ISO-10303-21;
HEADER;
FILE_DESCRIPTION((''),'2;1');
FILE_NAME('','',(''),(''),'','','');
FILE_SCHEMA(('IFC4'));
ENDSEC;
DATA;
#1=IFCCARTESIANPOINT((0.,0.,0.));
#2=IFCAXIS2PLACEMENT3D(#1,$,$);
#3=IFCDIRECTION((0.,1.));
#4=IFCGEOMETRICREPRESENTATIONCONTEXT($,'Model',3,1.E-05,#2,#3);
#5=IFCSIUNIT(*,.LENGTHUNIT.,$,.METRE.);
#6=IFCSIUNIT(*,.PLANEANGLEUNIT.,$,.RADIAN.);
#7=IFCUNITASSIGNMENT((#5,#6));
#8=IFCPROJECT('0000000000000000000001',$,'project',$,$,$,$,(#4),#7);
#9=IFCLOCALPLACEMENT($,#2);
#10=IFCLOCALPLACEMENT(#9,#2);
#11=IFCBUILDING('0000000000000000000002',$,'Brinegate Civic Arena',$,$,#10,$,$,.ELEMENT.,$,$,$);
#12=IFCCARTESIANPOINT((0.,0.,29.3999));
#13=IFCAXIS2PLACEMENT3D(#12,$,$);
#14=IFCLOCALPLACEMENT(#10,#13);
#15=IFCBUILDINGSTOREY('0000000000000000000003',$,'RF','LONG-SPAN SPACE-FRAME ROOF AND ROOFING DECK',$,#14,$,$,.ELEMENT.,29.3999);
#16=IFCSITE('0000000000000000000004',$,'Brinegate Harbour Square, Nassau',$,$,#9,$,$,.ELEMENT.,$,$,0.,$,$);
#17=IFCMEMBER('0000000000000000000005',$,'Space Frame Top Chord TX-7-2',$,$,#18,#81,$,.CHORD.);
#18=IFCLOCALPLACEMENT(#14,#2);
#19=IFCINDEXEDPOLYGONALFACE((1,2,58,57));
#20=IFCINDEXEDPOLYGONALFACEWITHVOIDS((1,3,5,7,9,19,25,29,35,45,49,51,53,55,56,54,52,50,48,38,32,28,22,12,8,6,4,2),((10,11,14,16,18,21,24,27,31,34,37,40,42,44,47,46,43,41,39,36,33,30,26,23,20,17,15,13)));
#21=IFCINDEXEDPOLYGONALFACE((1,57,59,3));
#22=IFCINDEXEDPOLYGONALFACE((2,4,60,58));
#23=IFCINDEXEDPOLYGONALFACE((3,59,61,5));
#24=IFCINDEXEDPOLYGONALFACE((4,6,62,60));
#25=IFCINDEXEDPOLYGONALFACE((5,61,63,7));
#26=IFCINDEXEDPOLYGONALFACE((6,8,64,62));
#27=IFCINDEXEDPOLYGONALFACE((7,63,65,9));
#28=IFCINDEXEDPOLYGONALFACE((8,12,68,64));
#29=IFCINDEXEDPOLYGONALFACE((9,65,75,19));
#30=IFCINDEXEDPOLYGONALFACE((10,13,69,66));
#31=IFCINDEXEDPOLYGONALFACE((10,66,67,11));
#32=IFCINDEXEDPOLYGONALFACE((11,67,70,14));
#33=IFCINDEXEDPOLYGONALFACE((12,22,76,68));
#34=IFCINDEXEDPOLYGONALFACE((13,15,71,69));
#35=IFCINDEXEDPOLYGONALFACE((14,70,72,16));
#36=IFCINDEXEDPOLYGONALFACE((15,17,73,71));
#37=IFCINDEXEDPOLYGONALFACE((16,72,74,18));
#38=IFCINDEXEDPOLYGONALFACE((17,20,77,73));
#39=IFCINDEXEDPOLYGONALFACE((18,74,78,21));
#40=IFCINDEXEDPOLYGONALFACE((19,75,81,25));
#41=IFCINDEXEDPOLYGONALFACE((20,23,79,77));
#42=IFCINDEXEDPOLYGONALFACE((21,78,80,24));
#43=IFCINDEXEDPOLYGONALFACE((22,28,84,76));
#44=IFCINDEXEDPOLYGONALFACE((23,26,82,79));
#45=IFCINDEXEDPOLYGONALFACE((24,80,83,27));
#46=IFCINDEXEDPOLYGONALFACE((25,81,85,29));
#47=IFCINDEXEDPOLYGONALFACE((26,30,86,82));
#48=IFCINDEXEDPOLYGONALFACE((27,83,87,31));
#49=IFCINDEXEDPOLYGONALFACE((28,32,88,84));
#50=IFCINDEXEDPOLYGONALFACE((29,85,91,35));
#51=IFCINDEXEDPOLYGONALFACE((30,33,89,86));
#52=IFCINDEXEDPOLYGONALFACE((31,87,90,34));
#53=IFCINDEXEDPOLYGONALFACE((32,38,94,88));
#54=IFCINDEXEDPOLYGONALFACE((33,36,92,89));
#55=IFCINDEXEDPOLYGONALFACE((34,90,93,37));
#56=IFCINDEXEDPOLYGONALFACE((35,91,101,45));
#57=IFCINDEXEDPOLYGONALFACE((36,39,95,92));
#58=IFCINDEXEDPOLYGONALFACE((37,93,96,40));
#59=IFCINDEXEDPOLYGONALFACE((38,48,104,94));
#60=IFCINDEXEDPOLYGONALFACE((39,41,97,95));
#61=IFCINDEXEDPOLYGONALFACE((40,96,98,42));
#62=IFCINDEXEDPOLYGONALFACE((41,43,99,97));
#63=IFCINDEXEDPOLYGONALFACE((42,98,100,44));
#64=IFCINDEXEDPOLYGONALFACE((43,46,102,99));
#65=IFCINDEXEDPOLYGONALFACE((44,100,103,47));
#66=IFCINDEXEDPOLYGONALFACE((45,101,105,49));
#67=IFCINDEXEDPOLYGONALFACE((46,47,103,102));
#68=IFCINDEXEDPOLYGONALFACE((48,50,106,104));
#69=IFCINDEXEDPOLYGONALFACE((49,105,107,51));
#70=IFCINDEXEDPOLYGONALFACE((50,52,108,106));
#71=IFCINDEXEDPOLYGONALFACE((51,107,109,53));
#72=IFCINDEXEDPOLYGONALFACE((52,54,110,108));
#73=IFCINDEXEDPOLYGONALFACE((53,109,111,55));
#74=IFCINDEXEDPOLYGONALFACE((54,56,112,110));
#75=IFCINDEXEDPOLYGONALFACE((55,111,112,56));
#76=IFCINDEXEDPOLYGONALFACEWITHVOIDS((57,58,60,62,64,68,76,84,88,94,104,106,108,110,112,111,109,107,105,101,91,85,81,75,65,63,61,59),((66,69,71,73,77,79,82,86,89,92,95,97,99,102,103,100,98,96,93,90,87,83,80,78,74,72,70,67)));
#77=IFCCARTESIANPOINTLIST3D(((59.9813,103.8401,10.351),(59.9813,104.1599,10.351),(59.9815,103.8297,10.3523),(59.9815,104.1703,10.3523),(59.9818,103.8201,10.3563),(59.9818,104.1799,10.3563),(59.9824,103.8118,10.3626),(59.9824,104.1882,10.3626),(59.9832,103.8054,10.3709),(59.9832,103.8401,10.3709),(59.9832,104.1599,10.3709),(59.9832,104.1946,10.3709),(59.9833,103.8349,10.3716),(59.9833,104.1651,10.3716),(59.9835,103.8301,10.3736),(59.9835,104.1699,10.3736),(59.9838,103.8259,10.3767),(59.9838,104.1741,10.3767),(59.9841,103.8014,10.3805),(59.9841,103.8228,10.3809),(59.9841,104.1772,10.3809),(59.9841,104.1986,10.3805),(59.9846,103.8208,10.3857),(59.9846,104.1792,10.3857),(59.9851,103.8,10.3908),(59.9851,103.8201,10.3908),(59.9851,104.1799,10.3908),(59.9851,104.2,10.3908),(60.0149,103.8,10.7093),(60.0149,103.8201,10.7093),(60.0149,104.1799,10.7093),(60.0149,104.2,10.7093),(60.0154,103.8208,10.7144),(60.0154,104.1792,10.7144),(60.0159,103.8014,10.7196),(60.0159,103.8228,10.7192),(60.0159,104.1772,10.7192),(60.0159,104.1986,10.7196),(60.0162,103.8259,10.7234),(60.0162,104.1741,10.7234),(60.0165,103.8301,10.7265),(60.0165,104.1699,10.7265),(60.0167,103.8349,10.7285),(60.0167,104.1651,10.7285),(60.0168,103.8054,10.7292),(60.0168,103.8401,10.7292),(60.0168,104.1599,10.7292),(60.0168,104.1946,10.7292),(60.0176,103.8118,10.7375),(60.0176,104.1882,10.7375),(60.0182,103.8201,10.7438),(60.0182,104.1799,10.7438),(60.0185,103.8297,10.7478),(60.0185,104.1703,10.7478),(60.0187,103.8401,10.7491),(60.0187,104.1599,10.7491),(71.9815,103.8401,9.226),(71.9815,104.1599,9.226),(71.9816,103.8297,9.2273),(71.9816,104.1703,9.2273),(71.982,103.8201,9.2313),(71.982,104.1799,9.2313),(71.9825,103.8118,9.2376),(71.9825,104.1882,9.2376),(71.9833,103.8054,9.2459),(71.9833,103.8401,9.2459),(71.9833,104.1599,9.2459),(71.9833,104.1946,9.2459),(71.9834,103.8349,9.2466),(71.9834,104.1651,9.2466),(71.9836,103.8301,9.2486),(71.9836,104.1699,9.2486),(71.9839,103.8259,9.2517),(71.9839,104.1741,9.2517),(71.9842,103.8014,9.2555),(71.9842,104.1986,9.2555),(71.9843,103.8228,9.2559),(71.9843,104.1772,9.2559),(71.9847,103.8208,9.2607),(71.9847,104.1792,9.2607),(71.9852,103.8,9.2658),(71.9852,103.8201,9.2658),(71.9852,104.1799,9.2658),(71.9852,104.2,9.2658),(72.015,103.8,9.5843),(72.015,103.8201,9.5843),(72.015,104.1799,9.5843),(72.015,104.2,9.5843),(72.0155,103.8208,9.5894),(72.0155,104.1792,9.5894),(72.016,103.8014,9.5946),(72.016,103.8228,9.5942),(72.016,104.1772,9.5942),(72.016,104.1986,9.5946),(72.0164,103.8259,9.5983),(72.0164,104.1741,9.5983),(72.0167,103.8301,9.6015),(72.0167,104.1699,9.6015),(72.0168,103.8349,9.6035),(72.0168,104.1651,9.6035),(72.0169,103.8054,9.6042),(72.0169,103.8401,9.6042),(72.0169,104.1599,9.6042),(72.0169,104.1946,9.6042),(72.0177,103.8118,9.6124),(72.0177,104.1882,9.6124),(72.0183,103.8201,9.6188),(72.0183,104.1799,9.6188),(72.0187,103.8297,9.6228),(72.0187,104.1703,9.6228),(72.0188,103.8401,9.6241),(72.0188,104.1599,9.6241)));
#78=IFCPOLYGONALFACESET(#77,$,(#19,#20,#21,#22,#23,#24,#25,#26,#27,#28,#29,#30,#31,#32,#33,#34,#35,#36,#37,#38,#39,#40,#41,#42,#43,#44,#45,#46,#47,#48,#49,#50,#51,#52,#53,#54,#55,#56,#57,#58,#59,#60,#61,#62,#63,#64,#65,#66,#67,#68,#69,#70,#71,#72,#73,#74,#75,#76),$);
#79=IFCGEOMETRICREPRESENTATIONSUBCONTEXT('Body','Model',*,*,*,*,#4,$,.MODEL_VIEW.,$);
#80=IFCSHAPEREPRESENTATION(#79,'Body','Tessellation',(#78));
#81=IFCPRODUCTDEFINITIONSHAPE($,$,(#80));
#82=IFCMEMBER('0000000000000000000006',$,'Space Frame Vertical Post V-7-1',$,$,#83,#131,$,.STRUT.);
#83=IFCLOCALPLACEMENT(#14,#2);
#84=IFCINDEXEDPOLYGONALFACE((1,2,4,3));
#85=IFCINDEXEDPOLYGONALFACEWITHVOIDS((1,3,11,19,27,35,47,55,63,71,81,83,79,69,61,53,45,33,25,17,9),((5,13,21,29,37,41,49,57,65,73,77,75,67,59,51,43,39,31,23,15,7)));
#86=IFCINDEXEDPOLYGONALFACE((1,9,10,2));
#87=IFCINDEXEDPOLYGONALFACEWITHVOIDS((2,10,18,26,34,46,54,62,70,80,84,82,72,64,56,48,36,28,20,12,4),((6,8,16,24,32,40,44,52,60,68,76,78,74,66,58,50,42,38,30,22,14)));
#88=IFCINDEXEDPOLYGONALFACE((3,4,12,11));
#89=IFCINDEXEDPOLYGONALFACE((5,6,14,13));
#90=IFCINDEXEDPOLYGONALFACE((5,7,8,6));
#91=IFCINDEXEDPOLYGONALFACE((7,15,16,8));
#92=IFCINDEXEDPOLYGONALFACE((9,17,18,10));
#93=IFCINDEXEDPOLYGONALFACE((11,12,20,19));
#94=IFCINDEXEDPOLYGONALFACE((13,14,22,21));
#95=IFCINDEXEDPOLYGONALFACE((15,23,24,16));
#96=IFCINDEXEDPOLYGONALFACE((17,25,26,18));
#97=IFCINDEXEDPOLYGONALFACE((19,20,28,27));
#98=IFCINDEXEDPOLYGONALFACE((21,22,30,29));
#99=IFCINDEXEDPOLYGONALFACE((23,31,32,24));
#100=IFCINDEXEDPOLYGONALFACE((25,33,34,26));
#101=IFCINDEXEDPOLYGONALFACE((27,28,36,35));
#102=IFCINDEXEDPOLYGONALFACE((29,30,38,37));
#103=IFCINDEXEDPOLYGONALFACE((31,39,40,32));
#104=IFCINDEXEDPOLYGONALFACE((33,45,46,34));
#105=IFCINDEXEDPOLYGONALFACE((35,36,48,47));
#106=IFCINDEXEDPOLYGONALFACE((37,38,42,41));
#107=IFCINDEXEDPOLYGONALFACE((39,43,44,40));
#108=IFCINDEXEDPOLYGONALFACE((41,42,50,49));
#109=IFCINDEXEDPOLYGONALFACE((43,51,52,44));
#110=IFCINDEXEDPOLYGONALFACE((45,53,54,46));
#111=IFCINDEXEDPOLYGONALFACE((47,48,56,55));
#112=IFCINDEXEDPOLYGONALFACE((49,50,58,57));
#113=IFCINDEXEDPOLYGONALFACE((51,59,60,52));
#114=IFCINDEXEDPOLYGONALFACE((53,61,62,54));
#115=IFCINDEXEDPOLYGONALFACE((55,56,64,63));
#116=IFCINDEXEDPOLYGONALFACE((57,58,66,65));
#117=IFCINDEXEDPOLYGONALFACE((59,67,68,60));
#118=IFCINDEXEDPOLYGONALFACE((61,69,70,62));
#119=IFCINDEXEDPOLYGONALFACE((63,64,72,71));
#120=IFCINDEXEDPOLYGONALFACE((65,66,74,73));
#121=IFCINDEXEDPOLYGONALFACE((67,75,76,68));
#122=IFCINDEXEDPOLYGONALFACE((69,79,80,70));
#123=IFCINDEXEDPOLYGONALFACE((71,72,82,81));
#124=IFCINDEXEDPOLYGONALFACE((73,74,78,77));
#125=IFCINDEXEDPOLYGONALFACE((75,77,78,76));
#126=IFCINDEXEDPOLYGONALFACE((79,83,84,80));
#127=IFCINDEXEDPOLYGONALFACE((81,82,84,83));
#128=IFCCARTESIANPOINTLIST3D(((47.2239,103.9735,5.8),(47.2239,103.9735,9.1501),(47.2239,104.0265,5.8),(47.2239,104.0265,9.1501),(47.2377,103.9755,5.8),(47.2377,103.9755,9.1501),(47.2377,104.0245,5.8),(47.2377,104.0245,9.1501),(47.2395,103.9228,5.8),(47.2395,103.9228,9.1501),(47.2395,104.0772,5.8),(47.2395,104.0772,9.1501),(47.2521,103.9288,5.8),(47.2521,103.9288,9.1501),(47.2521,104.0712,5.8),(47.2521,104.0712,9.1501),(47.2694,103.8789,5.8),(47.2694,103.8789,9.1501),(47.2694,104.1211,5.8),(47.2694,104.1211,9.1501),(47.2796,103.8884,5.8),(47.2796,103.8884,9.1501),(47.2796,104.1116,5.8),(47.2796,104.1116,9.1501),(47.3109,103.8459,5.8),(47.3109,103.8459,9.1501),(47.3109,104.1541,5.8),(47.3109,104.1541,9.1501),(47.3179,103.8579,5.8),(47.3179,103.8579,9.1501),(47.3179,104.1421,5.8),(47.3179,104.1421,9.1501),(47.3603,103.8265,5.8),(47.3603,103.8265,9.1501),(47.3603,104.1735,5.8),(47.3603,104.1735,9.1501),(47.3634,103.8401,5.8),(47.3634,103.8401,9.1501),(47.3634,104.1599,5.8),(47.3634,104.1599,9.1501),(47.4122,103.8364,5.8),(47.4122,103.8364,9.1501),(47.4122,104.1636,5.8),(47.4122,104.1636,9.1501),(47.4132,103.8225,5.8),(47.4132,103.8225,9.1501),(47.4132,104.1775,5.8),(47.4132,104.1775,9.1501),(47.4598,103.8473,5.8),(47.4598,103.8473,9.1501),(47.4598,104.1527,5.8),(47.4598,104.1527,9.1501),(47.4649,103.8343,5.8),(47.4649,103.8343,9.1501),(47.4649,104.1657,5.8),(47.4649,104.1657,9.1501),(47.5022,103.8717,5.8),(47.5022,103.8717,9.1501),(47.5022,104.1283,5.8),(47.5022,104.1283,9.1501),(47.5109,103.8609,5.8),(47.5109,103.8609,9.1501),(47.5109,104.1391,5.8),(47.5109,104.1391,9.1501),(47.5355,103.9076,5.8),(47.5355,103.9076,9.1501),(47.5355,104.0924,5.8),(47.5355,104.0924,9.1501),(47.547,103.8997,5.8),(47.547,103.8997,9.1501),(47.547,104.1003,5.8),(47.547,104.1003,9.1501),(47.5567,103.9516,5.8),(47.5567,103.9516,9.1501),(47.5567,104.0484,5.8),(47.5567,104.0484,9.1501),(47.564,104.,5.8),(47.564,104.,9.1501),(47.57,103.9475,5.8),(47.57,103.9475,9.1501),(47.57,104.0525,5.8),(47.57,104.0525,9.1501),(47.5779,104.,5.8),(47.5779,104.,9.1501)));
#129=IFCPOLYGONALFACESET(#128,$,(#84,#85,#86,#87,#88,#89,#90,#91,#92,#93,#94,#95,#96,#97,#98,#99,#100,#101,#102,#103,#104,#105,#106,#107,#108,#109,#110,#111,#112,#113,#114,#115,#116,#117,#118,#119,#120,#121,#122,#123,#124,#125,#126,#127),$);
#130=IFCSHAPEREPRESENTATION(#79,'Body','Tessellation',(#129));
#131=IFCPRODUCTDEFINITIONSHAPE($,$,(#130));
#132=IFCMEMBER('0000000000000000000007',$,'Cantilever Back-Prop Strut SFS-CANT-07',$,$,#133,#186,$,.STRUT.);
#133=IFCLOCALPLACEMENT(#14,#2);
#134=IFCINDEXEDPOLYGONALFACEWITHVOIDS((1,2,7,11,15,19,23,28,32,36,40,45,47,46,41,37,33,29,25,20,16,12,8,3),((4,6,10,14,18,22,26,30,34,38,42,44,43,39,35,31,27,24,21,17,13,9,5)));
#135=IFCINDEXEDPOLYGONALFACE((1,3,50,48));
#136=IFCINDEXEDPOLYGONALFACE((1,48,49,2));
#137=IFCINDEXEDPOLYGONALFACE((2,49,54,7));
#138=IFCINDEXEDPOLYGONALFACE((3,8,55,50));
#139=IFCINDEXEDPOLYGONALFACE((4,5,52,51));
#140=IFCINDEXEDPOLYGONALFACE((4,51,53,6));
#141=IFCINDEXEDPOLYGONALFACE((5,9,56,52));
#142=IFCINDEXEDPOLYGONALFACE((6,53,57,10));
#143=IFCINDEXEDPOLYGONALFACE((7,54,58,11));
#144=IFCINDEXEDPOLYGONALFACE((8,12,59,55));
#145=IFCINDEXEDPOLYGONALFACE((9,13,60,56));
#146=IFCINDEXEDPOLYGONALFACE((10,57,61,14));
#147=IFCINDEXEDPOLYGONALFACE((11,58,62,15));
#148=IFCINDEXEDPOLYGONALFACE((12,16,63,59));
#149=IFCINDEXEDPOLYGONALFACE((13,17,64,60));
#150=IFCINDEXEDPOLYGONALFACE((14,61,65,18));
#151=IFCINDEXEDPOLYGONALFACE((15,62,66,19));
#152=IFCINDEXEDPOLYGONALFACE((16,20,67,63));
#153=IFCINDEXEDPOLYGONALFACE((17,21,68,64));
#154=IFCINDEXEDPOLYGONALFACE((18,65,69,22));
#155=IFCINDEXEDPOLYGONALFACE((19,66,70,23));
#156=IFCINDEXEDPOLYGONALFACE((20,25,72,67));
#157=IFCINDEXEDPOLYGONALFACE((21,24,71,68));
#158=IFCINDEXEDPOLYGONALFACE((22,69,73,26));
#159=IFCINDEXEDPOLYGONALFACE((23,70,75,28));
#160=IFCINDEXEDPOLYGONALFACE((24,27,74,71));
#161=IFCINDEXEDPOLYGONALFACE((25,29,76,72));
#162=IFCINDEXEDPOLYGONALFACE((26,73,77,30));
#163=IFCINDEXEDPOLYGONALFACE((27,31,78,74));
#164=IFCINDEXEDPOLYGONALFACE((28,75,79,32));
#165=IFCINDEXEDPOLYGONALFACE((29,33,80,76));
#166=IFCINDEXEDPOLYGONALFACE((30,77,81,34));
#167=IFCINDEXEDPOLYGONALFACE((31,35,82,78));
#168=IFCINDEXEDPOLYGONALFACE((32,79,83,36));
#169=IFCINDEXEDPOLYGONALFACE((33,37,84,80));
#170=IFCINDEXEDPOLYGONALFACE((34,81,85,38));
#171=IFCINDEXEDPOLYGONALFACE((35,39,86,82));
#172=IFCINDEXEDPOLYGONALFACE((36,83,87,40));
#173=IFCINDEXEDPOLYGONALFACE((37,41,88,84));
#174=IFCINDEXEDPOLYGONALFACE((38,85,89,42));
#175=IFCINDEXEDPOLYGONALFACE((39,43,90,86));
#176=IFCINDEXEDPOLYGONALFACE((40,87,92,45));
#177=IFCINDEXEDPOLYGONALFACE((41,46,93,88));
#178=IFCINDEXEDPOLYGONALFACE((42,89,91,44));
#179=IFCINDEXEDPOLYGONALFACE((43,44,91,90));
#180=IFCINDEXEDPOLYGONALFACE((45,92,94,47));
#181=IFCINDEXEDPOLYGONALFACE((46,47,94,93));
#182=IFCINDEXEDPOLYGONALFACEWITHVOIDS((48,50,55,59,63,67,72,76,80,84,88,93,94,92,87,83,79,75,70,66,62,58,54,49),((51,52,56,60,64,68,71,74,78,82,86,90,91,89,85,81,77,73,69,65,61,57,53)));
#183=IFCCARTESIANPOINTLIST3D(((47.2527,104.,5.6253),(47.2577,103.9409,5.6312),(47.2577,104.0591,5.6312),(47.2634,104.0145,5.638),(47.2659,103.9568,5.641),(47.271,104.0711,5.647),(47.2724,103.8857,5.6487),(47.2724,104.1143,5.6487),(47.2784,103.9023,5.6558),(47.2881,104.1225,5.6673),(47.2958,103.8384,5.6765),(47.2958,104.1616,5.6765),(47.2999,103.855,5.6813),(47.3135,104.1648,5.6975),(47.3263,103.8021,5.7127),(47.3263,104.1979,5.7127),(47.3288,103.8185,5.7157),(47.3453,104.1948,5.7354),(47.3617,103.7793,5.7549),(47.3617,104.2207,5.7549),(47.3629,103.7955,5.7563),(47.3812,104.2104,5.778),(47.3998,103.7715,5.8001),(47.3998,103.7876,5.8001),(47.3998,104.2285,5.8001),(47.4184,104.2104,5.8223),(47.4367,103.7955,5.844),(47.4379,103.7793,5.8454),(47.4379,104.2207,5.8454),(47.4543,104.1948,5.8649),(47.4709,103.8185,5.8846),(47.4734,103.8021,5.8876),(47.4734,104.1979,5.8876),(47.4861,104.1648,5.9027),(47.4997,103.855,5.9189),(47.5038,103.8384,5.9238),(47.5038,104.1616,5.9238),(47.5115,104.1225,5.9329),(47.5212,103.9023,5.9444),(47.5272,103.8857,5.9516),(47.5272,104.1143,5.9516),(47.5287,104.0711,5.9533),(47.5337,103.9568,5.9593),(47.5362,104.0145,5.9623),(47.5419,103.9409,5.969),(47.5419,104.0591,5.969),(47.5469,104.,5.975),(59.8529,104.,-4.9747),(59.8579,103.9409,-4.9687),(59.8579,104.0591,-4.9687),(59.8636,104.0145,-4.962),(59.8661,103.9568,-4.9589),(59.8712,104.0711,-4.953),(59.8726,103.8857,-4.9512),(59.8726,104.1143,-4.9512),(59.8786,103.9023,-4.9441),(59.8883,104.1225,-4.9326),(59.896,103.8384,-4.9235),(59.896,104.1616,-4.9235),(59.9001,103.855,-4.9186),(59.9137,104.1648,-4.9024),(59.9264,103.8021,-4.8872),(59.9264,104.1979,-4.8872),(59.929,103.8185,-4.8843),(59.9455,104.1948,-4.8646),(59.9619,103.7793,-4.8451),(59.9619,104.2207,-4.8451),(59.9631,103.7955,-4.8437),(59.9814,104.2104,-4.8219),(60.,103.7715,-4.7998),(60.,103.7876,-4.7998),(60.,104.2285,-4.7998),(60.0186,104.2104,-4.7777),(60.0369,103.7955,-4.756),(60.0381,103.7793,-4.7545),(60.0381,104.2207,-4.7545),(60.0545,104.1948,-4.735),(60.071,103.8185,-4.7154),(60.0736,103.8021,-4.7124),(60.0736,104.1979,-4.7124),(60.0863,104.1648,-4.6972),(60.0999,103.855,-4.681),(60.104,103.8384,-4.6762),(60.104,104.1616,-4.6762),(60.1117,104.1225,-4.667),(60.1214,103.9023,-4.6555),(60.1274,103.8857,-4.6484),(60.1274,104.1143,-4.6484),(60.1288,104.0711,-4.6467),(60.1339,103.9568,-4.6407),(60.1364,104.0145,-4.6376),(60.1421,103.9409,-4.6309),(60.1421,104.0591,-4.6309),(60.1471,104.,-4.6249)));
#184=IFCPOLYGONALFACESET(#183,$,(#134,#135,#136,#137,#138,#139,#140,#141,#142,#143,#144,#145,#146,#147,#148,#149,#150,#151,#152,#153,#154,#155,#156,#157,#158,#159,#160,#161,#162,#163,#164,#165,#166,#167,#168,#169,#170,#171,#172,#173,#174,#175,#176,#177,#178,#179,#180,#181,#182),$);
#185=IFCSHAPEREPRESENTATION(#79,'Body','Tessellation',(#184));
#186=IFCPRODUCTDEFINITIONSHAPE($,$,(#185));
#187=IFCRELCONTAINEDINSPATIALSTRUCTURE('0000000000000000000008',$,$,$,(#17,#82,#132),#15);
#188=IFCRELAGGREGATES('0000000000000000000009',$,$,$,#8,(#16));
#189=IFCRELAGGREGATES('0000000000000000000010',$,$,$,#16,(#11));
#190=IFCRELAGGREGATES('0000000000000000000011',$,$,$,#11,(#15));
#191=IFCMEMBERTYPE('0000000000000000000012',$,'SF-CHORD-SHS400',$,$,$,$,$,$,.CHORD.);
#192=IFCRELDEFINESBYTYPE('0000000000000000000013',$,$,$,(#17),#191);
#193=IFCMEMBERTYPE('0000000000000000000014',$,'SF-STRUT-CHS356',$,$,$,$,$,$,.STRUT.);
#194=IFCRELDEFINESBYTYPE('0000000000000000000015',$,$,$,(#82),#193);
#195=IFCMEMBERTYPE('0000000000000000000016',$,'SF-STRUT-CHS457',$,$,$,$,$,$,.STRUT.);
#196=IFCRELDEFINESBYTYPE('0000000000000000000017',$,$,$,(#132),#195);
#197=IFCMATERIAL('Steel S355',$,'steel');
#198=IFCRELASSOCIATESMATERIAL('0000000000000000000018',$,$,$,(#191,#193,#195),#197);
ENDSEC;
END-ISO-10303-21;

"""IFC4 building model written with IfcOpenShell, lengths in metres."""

from ifc_helpers import new_model, si_unit, direction, frame, origin, origin_2d, place, context, subcontext, project, spatial, hollow_rectangle, hollow_circle, extrude, material, material_profile, profile_set, type_object, element, save


model = new_model("IFC4")

# Units and contexts
model_context = context("Model", 3, precision=1e-05, world=origin(), true_north=direction((0.0, 1.0)))
body_context = subcontext(model_context, "Body", "Model", "MODEL_VIEW")
ifc_project = project(units=[si_unit("LENGTHUNIT", "METRE"), si_unit("PLANEANGLEUNIT", "RADIAN")], contexts=[model_context])

# Site, building, storey
site_placement = place(None, origin())
site = spatial("IfcSite", under=ifc_project, at=site_placement, Name="Brinegate Harbour Square, Nassau", CompositionType="ELEMENT", RefElevation=0.0)
building_placement = place(site_placement, origin())
building = spatial("IfcBuilding", under=site, at=building_placement, Name="Brinegate Civic Arena", CompositionType="ELEMENT")
storey_placement = place(building_placement, frame((0.0, 0.0, 29.3999)))
storey = spatial("IfcBuildingStorey", under=building, at=storey_placement, Name="RF", Description="LONG-SPAN SPACE-FRAME ROOF AND ROOFING DECK", CompositionType="ELEMENT", Elevation=29.3999)

# Shared definitions
ifc_material_1 = material(Name="Steel S355", Category="steel")

# Members
ifc_material_profile_1 = material_profile(ifc_material_1, hollow_rectangle(XDim=0.3999, YDim=0.3999, WallThickness=0.02, InnerFilletRadius=0.02, OuterFilletRadius=0.04, at=origin_2d()), Name="SHS400X20")
ifc_profile_set_1 = profile_set([ifc_material_profile_1], Name="Steel S355")
member_type_1 = type_object("IfcMemberType", Name="SF-CHORD-SHS400", PredefinedType="CHORD", material=ifc_profile_set_1)
member_1_placement = place(storey_placement, frame((60.0, 104.0, 10.55), z_axis=(0.995634, 0.0, -0.093341), x_axis=(0.0, 1.0, 0.0)))
element("IfcMember", 1, at=member_1_placement, inside=storey, type_object=member_type_1, Name="Space Frame Top Chord TX-7-2", PredefinedType="CHORD", context=body_context, shape_type="SweptSolid", body=[
    extrude(hollow_rectangle(XDim=0.3999, YDim=0.3999, WallThickness=0.02, InnerFilletRadius=0.02, OuterFilletRadius=0.04, at=origin_2d()), origin(), (0.0, 0.0, 1.0), 12.0527),
])
ifc_material_profile_2 = material_profile(ifc_material_1, hollow_circle(Radius=0.178, WallThickness=0.0139, at=origin_2d()), Name="CHS356X14")
ifc_profile_set_2 = profile_set([ifc_material_profile_2], Name="Steel S355")
member_type_2 = type_object("IfcMemberType", Name="SF-STRUT-CHS356", PredefinedType="STRUT", material=ifc_profile_set_2)
member_2_placement = place(storey_placement, frame((47.3999, 104.0, 5.8), z_axis=(0.0, 0.0, 1.0), x_axis=(1.0, 0.0, 0.0)))
element("IfcMember", 2, at=member_2_placement, inside=storey, type_object=member_type_2, Name="Space Frame Vertical Post V-7-1", PredefinedType="STRUT", context=body_context, shape_type="SweptSolid", body=[
    extrude(hollow_circle(Radius=0.178, WallThickness=0.0139, at=origin_2d()), origin(), (0.0, 0.0, 1.0), 3.3501),
])
ifc_material_profile_3 = material_profile(ifc_material_1, hollow_circle(Radius=0.2285, WallThickness=0.0161, at=origin_2d()), Name="CHS457X16")
ifc_profile_set_3 = profile_set([ifc_material_profile_3], Name="Steel S355")
member_type_3 = type_object("IfcMemberType", Name="SF-STRUT-CHS457", PredefinedType="STRUT", material=ifc_profile_set_3)
member_3_placement = place(storey_placement, frame((60.0, 104.0, -4.7998), z_axis=(-0.765233, 0.0, 0.643753), x_axis=(0.0, -1.0, 0.0)))
element("IfcMember", 3, at=member_3_placement, inside=storey, type_object=member_type_3, Name="Cantilever Back-Prop Strut SFS-CANT-07", PredefinedType="STRUT", context=body_context, shape_type="SweptSolid", body=[
    extrude(hollow_circle(Radius=0.2285, WallThickness=0.0161, at=origin_2d()), origin(), (0.0, 0.0, 1.0), 16.4658),
])

save(model, "model.ifc")
